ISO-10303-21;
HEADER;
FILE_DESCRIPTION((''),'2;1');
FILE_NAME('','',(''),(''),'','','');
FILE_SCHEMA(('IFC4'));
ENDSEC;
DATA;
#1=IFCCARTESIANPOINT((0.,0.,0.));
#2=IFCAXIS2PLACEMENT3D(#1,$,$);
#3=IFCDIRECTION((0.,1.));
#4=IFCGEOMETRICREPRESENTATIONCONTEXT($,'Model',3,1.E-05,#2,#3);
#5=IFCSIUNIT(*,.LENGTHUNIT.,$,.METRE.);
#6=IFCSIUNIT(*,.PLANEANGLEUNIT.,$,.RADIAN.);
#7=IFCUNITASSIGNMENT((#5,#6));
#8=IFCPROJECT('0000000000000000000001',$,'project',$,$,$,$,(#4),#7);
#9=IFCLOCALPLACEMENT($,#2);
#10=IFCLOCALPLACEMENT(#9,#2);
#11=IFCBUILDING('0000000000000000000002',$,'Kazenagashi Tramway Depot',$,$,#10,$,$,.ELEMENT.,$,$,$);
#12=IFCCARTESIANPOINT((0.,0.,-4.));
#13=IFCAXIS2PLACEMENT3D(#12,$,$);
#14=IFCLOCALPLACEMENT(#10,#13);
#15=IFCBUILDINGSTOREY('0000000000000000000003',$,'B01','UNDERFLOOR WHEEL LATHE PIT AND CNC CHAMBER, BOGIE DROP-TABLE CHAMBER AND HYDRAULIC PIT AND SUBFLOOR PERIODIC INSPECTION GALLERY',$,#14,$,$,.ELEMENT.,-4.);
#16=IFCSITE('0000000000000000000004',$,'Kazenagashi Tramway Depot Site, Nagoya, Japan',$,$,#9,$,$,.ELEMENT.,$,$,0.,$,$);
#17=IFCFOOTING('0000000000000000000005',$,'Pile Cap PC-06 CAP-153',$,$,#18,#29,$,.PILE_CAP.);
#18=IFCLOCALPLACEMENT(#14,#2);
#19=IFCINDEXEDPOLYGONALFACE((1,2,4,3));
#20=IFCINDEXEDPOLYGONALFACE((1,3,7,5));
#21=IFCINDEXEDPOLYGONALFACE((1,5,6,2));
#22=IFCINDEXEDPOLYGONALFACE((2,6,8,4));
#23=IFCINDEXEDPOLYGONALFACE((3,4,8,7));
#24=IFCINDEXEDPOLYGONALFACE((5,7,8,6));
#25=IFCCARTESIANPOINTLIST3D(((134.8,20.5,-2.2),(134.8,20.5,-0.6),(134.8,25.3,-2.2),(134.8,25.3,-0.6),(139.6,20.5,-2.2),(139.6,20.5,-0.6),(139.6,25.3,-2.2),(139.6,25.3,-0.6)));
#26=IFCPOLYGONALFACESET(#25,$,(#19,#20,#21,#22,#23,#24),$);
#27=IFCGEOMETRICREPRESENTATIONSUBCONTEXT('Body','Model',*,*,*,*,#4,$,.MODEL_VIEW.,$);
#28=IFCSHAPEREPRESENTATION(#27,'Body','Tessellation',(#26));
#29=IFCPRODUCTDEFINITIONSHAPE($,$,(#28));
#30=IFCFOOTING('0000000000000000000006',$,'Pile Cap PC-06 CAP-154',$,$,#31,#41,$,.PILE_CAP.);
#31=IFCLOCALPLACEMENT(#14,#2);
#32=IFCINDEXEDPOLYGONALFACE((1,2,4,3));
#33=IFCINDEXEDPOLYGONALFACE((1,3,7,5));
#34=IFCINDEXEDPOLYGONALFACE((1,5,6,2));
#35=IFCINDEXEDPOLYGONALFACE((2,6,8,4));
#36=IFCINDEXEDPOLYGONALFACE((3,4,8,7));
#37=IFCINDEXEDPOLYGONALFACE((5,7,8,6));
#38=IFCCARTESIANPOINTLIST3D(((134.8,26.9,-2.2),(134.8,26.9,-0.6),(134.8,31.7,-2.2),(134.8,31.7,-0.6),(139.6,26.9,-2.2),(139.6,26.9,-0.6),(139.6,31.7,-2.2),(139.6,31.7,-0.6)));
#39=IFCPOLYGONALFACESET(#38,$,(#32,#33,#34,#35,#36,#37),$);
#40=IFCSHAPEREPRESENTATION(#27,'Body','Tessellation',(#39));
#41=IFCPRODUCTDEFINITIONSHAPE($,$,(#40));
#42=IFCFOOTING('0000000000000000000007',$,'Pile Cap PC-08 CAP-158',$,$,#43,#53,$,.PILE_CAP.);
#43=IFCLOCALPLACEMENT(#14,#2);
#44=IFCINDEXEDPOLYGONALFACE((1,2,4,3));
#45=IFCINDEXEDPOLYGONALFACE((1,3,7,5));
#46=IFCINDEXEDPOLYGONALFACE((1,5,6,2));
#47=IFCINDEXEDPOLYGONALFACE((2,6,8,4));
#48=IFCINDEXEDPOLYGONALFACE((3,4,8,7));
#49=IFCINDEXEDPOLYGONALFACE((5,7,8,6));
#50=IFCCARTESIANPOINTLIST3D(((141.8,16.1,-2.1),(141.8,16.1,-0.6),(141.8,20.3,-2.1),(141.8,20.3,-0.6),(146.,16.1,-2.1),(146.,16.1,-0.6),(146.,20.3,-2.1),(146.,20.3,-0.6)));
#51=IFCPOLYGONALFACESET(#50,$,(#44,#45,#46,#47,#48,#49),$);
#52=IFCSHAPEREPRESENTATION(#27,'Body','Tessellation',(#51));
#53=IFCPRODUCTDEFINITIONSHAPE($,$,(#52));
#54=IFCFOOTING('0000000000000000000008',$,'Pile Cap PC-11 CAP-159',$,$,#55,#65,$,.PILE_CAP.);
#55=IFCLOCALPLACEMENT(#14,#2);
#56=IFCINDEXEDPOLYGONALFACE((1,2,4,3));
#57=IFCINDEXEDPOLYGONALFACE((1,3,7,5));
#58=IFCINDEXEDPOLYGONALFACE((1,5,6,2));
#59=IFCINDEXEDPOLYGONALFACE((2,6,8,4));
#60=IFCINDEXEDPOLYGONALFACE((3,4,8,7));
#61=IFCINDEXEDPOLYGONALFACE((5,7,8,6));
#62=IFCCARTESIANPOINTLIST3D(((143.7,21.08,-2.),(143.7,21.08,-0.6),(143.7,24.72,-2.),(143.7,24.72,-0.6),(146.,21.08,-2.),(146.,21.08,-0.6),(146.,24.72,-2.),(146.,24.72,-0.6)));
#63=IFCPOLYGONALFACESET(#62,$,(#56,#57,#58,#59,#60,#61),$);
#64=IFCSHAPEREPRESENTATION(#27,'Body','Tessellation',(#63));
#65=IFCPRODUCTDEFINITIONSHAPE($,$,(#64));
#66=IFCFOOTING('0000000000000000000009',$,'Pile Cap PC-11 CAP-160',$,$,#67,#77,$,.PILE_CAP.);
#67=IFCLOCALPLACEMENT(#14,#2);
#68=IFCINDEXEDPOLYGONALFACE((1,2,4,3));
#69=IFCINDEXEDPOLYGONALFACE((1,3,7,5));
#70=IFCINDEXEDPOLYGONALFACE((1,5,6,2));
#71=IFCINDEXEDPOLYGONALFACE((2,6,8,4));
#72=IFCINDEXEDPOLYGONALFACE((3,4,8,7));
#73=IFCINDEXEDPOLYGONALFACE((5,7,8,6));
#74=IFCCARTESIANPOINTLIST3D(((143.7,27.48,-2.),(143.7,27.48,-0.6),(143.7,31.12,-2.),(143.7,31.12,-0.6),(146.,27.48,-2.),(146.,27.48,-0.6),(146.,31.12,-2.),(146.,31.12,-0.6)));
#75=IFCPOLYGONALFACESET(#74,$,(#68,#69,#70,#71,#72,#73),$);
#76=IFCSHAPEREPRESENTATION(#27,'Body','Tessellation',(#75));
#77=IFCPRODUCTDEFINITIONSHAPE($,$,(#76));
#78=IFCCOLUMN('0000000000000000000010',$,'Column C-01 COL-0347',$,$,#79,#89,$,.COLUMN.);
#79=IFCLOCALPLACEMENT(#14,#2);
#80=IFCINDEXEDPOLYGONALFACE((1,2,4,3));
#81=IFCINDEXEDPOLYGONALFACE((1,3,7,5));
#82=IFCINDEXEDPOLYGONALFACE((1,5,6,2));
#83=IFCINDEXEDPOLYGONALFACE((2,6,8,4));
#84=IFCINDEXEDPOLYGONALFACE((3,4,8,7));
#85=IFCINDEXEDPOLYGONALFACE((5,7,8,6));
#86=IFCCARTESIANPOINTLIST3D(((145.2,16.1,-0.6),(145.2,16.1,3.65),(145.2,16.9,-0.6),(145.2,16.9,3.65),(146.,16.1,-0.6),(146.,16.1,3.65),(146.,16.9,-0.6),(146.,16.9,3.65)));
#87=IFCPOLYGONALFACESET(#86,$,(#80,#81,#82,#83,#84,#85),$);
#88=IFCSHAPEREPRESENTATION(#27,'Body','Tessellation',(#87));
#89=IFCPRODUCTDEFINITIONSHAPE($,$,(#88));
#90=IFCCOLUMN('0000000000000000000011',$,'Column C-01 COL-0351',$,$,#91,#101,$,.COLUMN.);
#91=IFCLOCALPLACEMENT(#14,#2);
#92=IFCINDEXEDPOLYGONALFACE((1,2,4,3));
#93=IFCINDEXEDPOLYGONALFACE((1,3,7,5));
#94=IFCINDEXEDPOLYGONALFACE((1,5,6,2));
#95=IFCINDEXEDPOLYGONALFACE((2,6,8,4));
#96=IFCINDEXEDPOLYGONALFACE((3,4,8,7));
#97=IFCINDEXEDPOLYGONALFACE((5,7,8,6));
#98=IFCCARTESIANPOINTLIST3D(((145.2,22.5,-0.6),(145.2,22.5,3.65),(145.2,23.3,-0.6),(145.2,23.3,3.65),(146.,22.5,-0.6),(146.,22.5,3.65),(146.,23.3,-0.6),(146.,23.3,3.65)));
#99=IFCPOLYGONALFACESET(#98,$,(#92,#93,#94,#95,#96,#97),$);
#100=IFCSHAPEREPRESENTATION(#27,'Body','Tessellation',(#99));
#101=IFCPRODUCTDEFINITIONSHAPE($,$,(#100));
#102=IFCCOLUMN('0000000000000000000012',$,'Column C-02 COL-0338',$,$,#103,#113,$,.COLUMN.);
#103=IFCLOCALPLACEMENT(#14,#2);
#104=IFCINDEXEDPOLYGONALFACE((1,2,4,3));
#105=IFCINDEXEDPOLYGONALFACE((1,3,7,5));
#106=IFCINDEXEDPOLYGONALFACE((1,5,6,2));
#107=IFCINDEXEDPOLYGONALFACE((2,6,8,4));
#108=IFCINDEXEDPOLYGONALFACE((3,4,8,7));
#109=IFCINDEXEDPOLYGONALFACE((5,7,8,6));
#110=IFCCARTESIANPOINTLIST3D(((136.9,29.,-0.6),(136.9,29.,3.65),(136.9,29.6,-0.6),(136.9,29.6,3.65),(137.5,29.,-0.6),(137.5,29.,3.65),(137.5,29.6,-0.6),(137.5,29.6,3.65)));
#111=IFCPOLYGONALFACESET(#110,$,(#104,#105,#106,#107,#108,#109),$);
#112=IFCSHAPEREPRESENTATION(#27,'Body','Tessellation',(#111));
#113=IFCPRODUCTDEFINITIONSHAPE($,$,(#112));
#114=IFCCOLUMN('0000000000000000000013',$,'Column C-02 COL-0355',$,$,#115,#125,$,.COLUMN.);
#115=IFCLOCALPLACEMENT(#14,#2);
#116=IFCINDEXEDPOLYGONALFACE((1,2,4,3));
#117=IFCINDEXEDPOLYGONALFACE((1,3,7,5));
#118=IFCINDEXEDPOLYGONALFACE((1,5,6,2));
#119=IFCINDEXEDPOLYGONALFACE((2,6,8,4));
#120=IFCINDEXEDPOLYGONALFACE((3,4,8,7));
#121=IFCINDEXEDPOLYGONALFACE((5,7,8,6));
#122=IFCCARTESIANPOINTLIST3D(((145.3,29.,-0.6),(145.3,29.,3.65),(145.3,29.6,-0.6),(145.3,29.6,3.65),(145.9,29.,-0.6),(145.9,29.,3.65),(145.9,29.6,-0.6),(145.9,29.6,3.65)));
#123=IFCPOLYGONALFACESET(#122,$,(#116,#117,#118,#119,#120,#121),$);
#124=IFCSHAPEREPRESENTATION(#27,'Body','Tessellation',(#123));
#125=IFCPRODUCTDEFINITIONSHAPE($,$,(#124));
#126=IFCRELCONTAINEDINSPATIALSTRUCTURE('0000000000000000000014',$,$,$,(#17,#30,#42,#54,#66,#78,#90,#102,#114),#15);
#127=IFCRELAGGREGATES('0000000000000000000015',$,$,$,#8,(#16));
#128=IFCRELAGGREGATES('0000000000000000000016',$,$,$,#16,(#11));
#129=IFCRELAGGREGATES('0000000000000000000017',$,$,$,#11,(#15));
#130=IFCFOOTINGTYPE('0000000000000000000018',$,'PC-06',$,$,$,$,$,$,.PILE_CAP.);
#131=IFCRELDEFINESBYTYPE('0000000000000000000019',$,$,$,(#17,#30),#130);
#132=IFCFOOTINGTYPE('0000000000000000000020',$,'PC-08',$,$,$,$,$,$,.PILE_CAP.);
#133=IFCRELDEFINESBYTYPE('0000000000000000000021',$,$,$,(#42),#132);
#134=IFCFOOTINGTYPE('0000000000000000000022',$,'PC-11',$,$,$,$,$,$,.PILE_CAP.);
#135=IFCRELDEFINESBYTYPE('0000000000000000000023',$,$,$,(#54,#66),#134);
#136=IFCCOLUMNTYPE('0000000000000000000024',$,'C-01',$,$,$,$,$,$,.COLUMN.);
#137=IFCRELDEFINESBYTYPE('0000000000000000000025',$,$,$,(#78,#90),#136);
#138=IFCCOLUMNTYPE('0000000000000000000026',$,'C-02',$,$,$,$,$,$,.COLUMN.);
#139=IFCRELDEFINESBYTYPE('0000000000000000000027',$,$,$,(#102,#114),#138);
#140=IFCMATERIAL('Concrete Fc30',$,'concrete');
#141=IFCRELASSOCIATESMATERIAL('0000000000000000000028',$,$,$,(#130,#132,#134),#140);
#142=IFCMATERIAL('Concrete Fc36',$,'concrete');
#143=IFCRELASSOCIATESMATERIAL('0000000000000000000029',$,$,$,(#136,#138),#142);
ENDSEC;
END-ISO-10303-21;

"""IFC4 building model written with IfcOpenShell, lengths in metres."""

from ifc_helpers import new_model, si_unit, direction, frame, origin, origin_2d, place, context, subcontext, project, spatial, rectangle, extrude, material, material_profile, profile_set, type_object, element, save


model = new_model("IFC4")

# Units and contexts
model_context = context("Model", 3, precision=1e-05, world=origin(), true_north=direction((0.0, 1.0)))
body_context = subcontext(model_context, "Body", "Model", "MODEL_VIEW")
ifc_project = project(units=[si_unit("LENGTHUNIT", "METRE"), si_unit("PLANEANGLEUNIT", "RADIAN")], contexts=[model_context])

# Site, building, storey
site_placement = place(None, origin())
site = spatial("IfcSite", under=ifc_project, at=site_placement, Name="Kazenagashi Tramway Depot Site, Nagoya, Japan", CompositionType="ELEMENT", RefElevation=0.0)
building_placement = place(site_placement, origin())
building = spatial("IfcBuilding", under=site, at=building_placement, Name="Kazenagashi Tramway Depot", CompositionType="ELEMENT")
storey_placement = place(building_placement, frame((0.0, 0.0, -4.0)))
storey = spatial("IfcBuildingStorey", under=building, at=storey_placement, Name="B01", Description="UNDERFLOOR WHEEL LATHE PIT AND CNC CHAMBER, BOGIE DROP-TABLE CHAMBER AND HYDRAULIC PIT AND SUBFLOOR PERIODIC INSPECTION GALLERY", CompositionType="ELEMENT", Elevation=-4.0)

# Shared definitions
ifc_material_1 = material(Name="Concrete Fc30", Category="concrete")

# Footings
footing_type_1 = type_object("IfcFootingType", Name="PC-06", PredefinedType="PILE_CAP", material=ifc_material_1)
for number, where, z_axis, x_axis, name in (
    (1, (137.2, 22.9, -2.2), (0.0, 0.0, 1.0), (1.0, 0.0, 0.0), "Pile Cap PC-06 CAP-153"),
    (2, (137.2, 29.3, -2.2), (0.0, 0.0, 1.0), (1.0, 0.0, 0.0), "Pile Cap PC-06 CAP-154"),
):
    element("IfcFooting", number, at=place(storey_placement, frame(where, z_axis=z_axis, x_axis=x_axis)), inside=storey, type_object=footing_type_1, Name=name, PredefinedType="PILE_CAP", context=body_context, shape_type="SweptSolid", body=[
        extrude(rectangle(XDim=4.8, YDim=4.8, at=origin_2d()), origin(), (0.0, 0.0, 1.0), 1.6),
    ])
footing_type_2 = type_object("IfcFootingType", Name="PC-08", PredefinedType="PILE_CAP", material=ifc_material_1)
footing_placement = place(storey_placement, frame((143.9, 18.2, -2.1), z_axis=(0.0, 0.0, 1.0), x_axis=(1.0, 0.0, 0.0)))
element("IfcFooting", 3, at=footing_placement, inside=storey, type_object=footing_type_2, Name="Pile Cap PC-08 CAP-158", PredefinedType="PILE_CAP", context=body_context, shape_type="SweptSolid", body=[
    extrude(rectangle(XDim=4.2, YDim=4.2, at=origin_2d()), origin(), (0.0, 0.0, 1.0), 1.5),
])
footing_type_3 = type_object("IfcFootingType", Name="PC-11", PredefinedType="PILE_CAP", material=ifc_material_1)
for number, where, z_axis, x_axis, name in (
    (4, (144.85, 22.9, -2.0), (0.0, 0.0, 1.0), (1.0, 0.0, 0.0), "Pile Cap PC-11 CAP-159"),
    (5, (144.85, 29.3, -2.0), (0.0, 0.0, 1.0), (1.0, 0.0, 0.0), "Pile Cap PC-11 CAP-160"),
):
    element("IfcFooting", number, at=place(storey_placement, frame(where, z_axis=z_axis, x_axis=x_axis)), inside=storey, type_object=footing_type_3, Name=name, PredefinedType="PILE_CAP", context=body_context, shape_type="SweptSolid", body=[
        extrude(rectangle(XDim=2.3, YDim=3.64, at=origin_2d()), origin(), (0.0, 0.0, 1.0), 1.4),
    ])

# Columns
ifc_material_2 = material(Name="Concrete Fc36", Category="concrete")
ifc_material_profile_1 = material_profile(ifc_material_2, rectangle(XDim=0.8, YDim=0.8, at=origin_2d()), Name="RC-800x800")
ifc_profile_set_1 = profile_set([ifc_material_profile_1], Name="Concrete Fc36")
column_type_1 = type_object("IfcColumnType", Name="C-01", PredefinedType="COLUMN", material=ifc_profile_set_1)
for number, where, z_axis, x_axis, name in (
    (6, (145.6, 16.5, -0.6), (0.0, 0.0, 1.0), (1.0, 0.0, 0.0), "Column C-01 COL-0347"),
    (7, (145.6, 22.9, -0.6), (0.0, 0.0, 1.0), (1.0, 0.0, 0.0), "Column C-01 COL-0351"),
):
    element("IfcColumn", number, at=place(storey_placement, frame(where, z_axis=z_axis, x_axis=x_axis)), inside=storey, type_object=column_type_1, Name=name, PredefinedType="COLUMN", context=body_context, shape_type="SweptSolid", body=[
        extrude(rectangle(XDim=0.8, YDim=0.8, at=origin_2d()), origin(), (0.0, 0.0, 1.0), 4.25),
    ])
ifc_material_profile_2 = material_profile(ifc_material_2, rectangle(XDim=0.6, YDim=0.6, at=origin_2d()), Name="RC-600x600")
ifc_profile_set_2 = profile_set([ifc_material_profile_2], Name="Concrete Fc36")
column_type_2 = type_object("IfcColumnType", Name="C-02", PredefinedType="COLUMN", material=ifc_profile_set_2)
for number, where, z_axis, x_axis, name in (
    (8, (137.2, 29.3, -0.6), (0.0, 0.0, 1.0), (1.0, 0.0, 0.0), "Column C-02 COL-0338"),
    (9, (145.6, 29.3, -0.6), (0.0, 0.0, 1.0), (1.0, 0.0, 0.0), "Column C-02 COL-0355"),
):
    element("IfcColumn", number, at=place(storey_placement, frame(where, z_axis=z_axis, x_axis=x_axis)), inside=storey, type_object=column_type_2, Name=name, PredefinedType="COLUMN", context=body_context, shape_type="SweptSolid", body=[
        extrude(rectangle(XDim=0.6, YDim=0.6, at=origin_2d()), origin(), (0.0, 0.0, 1.0), 4.25),
    ])

save(model, "model.ifc")
